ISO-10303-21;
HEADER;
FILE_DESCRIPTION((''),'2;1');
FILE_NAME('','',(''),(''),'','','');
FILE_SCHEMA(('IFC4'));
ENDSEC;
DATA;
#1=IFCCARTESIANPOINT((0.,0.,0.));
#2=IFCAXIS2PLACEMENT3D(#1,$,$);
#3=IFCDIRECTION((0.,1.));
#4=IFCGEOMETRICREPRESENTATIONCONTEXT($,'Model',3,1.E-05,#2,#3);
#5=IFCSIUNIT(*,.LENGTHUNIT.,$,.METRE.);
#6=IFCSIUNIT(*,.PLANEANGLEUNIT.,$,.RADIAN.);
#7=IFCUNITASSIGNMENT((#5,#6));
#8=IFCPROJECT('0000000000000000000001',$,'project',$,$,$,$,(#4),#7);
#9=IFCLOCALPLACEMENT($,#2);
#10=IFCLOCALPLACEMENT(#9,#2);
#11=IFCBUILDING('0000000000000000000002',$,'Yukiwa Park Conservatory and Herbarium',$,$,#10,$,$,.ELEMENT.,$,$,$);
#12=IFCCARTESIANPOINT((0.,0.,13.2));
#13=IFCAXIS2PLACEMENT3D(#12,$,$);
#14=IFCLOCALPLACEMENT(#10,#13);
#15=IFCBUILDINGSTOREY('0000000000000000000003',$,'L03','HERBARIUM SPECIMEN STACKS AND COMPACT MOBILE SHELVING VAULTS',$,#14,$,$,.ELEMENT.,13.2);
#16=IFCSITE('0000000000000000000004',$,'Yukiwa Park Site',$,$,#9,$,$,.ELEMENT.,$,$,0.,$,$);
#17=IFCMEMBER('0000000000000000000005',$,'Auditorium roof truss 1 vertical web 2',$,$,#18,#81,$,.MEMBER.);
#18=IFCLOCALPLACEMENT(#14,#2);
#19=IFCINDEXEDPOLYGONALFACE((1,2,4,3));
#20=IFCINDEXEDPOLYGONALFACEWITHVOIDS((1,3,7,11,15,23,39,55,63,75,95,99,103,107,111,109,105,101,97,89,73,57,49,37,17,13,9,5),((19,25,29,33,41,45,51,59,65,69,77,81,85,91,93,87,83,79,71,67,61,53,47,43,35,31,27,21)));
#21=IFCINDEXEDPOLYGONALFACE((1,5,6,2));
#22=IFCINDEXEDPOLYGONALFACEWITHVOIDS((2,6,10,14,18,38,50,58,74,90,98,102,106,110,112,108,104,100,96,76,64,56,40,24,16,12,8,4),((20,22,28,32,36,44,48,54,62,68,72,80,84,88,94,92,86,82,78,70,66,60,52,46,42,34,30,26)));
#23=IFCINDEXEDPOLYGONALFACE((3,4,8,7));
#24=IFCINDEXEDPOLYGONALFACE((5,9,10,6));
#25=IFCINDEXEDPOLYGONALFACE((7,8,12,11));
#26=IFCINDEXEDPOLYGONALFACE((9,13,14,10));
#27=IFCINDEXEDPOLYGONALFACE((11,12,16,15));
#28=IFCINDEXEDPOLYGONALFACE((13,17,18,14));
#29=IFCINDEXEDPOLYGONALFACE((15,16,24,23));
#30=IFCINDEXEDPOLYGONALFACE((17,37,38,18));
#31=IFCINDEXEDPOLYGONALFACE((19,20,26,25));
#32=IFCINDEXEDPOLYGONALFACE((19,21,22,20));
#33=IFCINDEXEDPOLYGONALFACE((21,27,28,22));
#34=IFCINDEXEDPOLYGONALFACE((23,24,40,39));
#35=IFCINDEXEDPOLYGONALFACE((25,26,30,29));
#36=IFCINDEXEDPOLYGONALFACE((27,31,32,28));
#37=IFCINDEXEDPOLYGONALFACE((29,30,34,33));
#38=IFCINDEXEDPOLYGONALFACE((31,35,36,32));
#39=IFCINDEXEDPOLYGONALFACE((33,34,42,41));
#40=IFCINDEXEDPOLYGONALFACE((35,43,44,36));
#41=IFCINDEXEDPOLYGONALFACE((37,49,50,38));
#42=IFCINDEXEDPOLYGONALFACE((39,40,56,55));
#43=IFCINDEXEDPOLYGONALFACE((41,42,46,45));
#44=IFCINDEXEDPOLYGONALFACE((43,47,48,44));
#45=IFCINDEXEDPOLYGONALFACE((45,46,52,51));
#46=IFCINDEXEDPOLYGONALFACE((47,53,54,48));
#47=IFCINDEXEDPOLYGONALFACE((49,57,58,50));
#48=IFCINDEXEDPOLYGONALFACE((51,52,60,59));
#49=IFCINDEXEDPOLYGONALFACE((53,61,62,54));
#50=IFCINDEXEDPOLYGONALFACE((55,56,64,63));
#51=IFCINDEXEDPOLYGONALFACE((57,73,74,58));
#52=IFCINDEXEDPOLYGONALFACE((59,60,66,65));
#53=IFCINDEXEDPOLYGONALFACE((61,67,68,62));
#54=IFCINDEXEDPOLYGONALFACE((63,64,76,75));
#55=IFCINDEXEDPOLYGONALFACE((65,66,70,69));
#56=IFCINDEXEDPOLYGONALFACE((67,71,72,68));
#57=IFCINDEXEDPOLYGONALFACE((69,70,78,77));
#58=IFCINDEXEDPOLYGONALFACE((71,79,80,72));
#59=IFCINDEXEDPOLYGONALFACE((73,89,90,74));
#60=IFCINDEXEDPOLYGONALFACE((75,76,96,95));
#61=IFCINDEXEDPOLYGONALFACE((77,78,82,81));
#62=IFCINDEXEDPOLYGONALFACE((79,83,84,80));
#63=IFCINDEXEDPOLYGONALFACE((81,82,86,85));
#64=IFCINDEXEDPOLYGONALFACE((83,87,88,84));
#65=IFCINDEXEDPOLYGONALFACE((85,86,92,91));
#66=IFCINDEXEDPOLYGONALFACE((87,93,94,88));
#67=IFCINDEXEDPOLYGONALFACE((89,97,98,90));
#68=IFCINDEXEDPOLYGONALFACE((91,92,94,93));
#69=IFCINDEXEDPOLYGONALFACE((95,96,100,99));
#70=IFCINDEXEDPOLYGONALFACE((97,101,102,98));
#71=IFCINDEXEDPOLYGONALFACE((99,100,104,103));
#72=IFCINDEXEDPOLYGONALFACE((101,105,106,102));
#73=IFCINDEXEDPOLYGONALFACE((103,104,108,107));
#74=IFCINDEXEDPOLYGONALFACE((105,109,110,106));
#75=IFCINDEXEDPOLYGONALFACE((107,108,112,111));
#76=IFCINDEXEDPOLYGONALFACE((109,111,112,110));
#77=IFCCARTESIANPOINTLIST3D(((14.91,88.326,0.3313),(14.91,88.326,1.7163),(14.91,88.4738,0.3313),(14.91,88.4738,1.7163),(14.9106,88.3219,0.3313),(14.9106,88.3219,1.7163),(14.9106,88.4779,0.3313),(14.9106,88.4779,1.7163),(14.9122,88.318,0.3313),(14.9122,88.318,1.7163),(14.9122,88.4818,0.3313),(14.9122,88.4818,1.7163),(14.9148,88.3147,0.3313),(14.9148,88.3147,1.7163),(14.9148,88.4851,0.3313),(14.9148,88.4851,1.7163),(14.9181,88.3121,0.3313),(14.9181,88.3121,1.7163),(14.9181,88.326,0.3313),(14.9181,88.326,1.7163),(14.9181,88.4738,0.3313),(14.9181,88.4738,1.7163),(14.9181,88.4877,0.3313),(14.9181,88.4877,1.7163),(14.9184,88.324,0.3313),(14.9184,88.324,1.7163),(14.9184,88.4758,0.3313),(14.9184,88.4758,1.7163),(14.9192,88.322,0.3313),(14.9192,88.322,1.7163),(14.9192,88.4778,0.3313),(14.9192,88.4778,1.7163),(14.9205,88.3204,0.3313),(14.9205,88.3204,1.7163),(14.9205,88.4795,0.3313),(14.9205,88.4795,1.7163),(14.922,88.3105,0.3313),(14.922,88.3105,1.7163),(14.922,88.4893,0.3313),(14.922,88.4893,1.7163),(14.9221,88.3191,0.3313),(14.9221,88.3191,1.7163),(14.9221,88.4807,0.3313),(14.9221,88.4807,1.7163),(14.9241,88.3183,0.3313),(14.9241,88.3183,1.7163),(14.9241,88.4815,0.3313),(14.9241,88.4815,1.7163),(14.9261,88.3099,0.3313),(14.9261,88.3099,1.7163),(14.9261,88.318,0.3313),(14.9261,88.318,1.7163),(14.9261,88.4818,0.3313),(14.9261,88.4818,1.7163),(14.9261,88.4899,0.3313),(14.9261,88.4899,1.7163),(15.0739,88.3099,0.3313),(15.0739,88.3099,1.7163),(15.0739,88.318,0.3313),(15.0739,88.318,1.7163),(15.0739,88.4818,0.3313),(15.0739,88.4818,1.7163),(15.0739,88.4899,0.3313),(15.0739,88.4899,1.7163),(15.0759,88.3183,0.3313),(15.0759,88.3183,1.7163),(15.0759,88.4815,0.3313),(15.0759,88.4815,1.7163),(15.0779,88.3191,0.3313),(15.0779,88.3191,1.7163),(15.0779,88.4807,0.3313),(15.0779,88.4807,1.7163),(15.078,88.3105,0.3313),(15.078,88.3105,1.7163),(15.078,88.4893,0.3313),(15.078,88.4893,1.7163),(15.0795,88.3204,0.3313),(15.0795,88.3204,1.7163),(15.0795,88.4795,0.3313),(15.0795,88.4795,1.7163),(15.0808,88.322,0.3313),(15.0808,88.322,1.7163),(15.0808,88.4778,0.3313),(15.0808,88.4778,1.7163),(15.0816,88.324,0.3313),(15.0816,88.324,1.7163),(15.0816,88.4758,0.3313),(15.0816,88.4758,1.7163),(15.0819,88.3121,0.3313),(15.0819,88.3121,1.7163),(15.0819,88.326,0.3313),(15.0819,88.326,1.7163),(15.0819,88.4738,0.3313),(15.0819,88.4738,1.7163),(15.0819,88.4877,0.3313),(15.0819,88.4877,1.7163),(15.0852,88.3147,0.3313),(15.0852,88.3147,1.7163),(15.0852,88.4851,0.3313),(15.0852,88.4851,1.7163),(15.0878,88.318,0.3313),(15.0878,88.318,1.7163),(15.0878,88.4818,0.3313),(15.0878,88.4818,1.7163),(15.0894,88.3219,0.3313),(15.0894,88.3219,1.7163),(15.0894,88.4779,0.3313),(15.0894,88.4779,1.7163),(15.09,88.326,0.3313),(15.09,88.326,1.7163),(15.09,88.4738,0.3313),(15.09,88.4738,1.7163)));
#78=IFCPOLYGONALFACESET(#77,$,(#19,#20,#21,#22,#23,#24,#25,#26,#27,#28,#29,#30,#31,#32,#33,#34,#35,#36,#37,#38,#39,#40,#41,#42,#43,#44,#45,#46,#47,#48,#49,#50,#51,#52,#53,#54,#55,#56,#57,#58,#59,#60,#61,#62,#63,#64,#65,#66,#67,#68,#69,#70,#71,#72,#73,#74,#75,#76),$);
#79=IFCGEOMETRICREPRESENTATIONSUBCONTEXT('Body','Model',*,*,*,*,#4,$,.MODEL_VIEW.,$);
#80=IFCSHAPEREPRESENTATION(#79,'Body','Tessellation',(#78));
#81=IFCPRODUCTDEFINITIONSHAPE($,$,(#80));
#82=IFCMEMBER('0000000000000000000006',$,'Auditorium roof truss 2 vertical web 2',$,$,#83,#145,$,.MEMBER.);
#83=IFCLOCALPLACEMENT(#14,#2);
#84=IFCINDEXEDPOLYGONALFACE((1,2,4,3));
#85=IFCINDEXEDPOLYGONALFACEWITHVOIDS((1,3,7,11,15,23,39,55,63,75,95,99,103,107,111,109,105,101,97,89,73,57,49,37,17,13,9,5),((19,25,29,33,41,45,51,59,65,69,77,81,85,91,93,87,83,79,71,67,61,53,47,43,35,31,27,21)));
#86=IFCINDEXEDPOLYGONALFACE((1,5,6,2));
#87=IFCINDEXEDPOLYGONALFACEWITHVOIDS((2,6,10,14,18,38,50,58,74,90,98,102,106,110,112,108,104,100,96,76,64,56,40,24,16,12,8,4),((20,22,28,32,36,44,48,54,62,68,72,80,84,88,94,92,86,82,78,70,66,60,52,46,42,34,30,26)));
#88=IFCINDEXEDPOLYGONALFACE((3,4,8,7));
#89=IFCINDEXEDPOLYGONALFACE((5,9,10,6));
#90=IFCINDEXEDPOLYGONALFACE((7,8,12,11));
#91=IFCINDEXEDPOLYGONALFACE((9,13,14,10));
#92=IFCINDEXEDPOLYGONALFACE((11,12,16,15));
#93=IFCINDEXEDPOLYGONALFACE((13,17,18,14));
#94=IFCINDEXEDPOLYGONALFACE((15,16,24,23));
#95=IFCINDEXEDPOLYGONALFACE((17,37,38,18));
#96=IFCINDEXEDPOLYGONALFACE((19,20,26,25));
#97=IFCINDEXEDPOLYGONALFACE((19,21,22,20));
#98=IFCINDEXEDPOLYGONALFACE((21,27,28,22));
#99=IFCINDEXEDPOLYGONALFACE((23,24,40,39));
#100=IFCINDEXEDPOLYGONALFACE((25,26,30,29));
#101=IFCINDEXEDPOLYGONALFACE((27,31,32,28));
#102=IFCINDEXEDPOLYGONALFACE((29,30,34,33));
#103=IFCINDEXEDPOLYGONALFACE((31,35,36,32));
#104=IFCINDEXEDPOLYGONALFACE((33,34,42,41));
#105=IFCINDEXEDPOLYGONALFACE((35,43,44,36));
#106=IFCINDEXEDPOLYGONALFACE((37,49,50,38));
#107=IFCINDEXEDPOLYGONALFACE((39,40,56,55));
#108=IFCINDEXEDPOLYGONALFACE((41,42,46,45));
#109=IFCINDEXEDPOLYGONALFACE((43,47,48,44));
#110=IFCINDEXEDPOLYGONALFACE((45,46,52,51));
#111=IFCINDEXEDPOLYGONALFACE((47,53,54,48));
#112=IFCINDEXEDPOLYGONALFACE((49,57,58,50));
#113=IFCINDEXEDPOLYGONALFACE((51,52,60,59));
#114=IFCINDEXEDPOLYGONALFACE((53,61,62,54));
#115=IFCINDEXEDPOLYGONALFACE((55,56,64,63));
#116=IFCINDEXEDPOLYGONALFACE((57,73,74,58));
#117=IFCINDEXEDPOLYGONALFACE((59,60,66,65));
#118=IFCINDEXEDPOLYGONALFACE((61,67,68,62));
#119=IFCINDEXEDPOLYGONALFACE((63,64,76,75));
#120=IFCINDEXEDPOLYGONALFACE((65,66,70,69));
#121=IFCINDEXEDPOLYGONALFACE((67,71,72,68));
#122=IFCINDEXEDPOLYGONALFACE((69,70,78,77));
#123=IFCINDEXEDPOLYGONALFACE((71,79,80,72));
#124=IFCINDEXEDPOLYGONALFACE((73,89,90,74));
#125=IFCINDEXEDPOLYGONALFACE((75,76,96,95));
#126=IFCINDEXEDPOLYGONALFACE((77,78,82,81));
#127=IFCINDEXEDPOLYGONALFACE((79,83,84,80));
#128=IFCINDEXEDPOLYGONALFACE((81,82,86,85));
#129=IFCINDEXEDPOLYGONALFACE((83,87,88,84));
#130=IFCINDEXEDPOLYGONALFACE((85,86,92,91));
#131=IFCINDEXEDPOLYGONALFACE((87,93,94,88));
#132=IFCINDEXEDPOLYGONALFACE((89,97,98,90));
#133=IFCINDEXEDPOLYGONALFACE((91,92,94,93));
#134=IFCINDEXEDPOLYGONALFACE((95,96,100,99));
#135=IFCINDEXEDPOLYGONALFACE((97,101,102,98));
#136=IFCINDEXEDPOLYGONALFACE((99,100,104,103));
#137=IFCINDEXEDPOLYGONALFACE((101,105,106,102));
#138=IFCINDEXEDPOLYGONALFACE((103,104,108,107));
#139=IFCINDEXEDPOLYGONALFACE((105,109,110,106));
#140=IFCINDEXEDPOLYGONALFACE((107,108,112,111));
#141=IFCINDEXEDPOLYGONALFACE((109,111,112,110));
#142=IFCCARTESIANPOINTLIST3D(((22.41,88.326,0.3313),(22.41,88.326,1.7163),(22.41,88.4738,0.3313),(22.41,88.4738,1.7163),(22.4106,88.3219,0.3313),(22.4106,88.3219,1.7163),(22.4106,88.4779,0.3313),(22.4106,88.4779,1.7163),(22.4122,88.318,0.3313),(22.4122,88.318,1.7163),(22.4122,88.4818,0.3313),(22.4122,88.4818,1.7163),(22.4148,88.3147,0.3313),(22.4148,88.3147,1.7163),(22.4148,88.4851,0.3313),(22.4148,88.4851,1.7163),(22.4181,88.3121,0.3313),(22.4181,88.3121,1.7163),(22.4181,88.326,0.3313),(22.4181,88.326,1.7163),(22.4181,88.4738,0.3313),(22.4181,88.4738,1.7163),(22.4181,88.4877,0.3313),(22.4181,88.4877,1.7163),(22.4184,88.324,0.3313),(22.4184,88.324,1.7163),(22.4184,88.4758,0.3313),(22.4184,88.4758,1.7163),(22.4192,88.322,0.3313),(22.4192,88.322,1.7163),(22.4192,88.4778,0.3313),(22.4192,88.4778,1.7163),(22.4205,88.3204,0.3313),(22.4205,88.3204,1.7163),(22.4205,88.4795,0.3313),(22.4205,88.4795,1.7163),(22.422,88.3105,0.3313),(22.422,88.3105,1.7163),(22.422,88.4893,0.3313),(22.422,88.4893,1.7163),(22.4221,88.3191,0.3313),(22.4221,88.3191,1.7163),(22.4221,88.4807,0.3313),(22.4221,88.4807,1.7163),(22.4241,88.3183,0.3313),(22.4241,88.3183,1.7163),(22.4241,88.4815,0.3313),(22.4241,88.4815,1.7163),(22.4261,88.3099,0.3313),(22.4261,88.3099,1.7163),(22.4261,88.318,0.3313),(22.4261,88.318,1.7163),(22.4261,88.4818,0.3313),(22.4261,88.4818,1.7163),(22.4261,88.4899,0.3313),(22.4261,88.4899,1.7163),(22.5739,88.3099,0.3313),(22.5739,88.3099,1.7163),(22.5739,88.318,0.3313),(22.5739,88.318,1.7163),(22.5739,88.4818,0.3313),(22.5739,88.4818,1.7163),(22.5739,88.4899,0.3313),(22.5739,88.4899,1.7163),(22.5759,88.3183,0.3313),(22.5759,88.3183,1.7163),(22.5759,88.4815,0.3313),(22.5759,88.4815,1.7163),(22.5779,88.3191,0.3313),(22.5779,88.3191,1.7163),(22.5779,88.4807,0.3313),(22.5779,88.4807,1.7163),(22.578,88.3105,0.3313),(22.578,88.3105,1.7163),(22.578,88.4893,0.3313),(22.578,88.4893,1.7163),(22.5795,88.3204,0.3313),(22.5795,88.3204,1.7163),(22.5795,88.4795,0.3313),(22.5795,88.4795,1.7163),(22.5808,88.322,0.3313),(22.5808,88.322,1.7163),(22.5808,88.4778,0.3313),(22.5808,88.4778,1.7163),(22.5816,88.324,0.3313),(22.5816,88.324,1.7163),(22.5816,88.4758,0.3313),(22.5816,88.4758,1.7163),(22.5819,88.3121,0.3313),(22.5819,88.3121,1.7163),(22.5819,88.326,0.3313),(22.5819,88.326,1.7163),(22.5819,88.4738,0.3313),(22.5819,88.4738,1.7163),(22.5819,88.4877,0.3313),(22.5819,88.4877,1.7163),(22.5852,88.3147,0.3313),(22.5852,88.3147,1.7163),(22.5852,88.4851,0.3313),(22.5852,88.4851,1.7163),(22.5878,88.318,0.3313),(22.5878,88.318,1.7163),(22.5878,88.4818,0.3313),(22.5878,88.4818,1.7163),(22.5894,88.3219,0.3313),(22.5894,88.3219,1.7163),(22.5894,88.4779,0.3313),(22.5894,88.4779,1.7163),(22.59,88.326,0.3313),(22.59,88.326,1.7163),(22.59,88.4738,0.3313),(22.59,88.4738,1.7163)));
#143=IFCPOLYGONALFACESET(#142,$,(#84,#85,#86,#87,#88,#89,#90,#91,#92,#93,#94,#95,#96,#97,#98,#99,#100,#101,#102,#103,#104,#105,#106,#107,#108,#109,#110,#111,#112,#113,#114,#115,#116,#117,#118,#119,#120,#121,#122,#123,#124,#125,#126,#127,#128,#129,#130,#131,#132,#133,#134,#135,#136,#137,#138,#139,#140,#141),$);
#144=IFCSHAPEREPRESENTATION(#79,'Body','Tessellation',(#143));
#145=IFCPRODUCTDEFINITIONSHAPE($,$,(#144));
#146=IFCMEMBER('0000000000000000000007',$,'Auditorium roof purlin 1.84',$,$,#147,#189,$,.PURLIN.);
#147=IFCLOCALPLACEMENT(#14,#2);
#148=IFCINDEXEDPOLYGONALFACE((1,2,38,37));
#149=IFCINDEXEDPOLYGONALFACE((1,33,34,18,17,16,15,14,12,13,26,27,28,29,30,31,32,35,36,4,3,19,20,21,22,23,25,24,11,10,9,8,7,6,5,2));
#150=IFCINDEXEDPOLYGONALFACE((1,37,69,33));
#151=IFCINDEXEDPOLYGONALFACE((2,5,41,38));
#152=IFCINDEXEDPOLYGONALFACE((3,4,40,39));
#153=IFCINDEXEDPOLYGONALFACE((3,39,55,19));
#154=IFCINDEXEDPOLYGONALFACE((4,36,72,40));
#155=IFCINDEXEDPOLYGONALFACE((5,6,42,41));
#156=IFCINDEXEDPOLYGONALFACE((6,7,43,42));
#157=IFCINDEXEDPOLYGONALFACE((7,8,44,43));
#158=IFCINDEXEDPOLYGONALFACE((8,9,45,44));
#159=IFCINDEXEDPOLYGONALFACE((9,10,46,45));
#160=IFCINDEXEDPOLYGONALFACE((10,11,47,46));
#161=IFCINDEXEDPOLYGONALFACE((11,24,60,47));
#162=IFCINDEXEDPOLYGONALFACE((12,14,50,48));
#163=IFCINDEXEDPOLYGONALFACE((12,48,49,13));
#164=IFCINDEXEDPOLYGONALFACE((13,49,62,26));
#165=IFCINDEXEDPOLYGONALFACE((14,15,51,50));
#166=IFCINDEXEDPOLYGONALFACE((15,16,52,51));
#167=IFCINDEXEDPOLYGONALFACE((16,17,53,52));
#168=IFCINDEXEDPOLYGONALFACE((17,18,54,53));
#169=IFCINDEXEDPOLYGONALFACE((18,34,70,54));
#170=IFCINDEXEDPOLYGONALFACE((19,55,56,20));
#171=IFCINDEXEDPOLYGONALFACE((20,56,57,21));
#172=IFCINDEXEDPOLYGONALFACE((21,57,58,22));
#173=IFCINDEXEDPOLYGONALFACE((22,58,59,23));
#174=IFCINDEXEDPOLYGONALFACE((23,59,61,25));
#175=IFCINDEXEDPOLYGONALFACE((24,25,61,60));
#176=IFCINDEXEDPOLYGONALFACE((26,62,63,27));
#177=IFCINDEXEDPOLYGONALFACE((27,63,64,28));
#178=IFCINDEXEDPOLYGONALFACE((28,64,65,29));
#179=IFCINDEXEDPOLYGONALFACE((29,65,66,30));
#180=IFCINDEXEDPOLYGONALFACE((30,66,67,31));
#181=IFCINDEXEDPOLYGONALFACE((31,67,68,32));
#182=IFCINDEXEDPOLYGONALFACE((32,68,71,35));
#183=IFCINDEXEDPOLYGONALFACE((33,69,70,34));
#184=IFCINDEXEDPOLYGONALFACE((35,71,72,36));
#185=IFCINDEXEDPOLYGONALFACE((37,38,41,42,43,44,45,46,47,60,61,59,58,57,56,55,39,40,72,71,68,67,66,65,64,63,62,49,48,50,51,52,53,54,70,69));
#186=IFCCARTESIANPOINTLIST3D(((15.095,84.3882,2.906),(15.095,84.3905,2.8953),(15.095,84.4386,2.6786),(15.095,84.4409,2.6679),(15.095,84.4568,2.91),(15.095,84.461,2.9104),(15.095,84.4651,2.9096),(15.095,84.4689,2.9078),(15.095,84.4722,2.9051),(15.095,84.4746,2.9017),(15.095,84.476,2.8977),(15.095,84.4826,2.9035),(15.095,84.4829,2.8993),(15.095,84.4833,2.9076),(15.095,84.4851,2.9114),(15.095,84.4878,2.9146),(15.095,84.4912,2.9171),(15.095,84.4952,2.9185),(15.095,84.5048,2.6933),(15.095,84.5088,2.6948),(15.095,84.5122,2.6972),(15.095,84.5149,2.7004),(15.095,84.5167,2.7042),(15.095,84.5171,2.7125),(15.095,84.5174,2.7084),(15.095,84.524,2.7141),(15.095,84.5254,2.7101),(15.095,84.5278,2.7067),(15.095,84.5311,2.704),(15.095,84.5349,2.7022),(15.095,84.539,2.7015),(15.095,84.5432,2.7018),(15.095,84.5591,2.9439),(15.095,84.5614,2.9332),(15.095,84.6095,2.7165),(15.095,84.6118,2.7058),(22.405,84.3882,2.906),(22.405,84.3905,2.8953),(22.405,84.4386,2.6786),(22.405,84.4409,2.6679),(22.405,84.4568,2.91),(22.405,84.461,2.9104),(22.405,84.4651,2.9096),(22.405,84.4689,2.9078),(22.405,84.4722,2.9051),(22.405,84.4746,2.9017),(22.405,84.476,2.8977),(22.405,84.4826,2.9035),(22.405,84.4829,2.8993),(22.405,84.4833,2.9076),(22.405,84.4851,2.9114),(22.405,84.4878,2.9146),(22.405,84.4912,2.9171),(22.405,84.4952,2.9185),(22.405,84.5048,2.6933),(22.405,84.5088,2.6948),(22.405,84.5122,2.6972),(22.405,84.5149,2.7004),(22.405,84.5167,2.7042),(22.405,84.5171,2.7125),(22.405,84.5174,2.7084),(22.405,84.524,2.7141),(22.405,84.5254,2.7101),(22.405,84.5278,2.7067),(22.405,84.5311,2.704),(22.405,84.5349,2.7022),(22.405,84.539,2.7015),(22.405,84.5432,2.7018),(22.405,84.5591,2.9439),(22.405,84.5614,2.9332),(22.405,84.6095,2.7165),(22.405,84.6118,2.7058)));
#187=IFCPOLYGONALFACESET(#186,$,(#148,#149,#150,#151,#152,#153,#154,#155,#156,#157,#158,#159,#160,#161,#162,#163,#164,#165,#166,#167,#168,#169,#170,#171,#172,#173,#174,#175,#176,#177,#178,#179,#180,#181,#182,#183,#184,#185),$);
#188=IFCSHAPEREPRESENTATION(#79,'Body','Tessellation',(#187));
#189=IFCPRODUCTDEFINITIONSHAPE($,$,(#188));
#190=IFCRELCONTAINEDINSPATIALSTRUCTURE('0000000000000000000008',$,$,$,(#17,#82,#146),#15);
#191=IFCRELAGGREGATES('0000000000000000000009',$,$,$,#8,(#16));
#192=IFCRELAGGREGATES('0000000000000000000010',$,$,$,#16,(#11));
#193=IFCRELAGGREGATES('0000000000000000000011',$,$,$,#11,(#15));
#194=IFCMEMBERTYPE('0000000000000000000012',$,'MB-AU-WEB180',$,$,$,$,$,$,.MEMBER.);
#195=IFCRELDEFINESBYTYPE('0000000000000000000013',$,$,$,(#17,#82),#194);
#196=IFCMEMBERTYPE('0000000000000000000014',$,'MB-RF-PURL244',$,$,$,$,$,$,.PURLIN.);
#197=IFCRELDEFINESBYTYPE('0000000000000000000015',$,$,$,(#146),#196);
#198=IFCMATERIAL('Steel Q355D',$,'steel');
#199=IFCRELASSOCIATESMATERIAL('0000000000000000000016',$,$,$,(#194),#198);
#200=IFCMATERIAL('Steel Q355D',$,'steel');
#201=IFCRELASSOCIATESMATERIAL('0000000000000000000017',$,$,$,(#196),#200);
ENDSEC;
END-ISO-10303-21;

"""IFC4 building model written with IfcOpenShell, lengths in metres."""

from ifc_helpers import new_model, si_unit, direction, frame, origin, origin_2d, place, context, subcontext, project, spatial, hollow_rectangle, i_section, extrude, material, material_profile, profile_set, type_object, element, save


model = new_model("IFC4")

# Units and contexts
model_context = context("Model", 3, precision=1e-05, world=origin(), true_north=direction((0.0, 1.0)))
body_context = subcontext(model_context, "Body", "Model", "MODEL_VIEW")
ifc_project = project(units=[si_unit("LENGTHUNIT", "METRE"), si_unit("PLANEANGLEUNIT", "RADIAN")], contexts=[model_context])

# Site, building, storey
site_placement = place(None, origin())
site = spatial("IfcSite", under=ifc_project, at=site_placement, Name="Yukiwa Park Site", CompositionType="ELEMENT", RefElevation=0.0)
building_placement = place(site_placement, origin())
building = spatial("IfcBuilding", under=site, at=building_placement, Name="Yukiwa Park Conservatory and Herbarium", CompositionType="ELEMENT")
storey_placement = place(building_placement, frame((0.0, 0.0, 13.2)))
storey = spatial("IfcBuildingStorey", under=building, at=storey_placement, Name="L03", Description="HERBARIUM SPECIMEN STACKS AND COMPACT MOBILE SHELVING VAULTS", CompositionType="ELEMENT", Elevation=13.2)

# Members
ifc_material_1 = material(Name="Steel Q355D", Category="steel")
ifc_material_profile_1 = material_profile(ifc_material_1, hollow_rectangle(XDim=0.1799, YDim=0.1799, WallThickness=0.0081, InnerFilletRadius=0.0081, OuterFilletRadius=0.0161, at=origin_2d()), Name="SHS 180x180x8")
ifc_profile_set_1 = profile_set([ifc_material_profile_1], Name="Steel Q355D")
member_type_1 = type_object("IfcMemberType", Name="MB-AU-WEB180", PredefinedType="MEMBER", material=ifc_profile_set_1)
for number, where, z_axis, x_axis, name in (
    (1, (15.0, 88.3999, 0.3313), (0.0, 0.0, 1.0), (1.0, 0.0, 0.0), "Auditorium roof truss 1 vertical web 2"),
    (2, (22.5, 88.3999, 0.3313), (0.0, 0.0, 1.0), (1.0, 0.0, 0.0), "Auditorium roof truss 2 vertical web 2"),
):
    element("IfcMember", number, at=place(storey_placement, frame(where, z_axis=z_axis, x_axis=x_axis)), inside=storey, type_object=member_type_1, Name=name, PredefinedType="MEMBER", context=body_context, shape_type="SweptSolid", body=[
        extrude(hollow_rectangle(XDim=0.1799, YDim=0.1799, WallThickness=0.0081, InnerFilletRadius=0.0081, OuterFilletRadius=0.0161, at=origin_2d()), origin(), (0.0, 0.0, 1.0), 1.385),
    ])
ifc_material_2 = material(Name="Steel Q355D", Category="steel")
ifc_material_profile_2 = material_profile(ifc_material_2, i_section(OverallWidth=0.175, OverallDepth=0.2439, WebThickness=0.0071, FlangeThickness=0.011, FilletRadius=0.0161, at=origin_2d()), Name="HM 244x175x7x11")
ifc_profile_set_2 = profile_set([ifc_material_profile_2], Name="Steel Q355D")
member_type_2 = type_object("IfcMemberType", Name="MB-RF-PURL244", PredefinedType="PURLIN", material=ifc_profile_set_2)
for number, where, z_axis, x_axis, name in (
    (3, (15.095, 84.5, 2.8059), (1.0, 0.0, 0.0), (0.0, 0.976296, 0.21644), "Auditorium roof purlin 1.84"),
):
    element("IfcMember", number, at=place(storey_placement, frame(where, z_axis=z_axis, x_axis=x_axis)), inside=storey, type_object=member_type_2, Name=name, PredefinedType="PURLIN", context=body_context, shape_type="SweptSolid", body=[
        extrude(i_section(OverallWidth=0.175, OverallDepth=0.2439, WebThickness=0.0071, FlangeThickness=0.011, FilletRadius=0.0161, at=origin_2d()), origin(), (0.0, 0.0, 1.0), 7.3101),
    ])

save(model, "model.ifc")
